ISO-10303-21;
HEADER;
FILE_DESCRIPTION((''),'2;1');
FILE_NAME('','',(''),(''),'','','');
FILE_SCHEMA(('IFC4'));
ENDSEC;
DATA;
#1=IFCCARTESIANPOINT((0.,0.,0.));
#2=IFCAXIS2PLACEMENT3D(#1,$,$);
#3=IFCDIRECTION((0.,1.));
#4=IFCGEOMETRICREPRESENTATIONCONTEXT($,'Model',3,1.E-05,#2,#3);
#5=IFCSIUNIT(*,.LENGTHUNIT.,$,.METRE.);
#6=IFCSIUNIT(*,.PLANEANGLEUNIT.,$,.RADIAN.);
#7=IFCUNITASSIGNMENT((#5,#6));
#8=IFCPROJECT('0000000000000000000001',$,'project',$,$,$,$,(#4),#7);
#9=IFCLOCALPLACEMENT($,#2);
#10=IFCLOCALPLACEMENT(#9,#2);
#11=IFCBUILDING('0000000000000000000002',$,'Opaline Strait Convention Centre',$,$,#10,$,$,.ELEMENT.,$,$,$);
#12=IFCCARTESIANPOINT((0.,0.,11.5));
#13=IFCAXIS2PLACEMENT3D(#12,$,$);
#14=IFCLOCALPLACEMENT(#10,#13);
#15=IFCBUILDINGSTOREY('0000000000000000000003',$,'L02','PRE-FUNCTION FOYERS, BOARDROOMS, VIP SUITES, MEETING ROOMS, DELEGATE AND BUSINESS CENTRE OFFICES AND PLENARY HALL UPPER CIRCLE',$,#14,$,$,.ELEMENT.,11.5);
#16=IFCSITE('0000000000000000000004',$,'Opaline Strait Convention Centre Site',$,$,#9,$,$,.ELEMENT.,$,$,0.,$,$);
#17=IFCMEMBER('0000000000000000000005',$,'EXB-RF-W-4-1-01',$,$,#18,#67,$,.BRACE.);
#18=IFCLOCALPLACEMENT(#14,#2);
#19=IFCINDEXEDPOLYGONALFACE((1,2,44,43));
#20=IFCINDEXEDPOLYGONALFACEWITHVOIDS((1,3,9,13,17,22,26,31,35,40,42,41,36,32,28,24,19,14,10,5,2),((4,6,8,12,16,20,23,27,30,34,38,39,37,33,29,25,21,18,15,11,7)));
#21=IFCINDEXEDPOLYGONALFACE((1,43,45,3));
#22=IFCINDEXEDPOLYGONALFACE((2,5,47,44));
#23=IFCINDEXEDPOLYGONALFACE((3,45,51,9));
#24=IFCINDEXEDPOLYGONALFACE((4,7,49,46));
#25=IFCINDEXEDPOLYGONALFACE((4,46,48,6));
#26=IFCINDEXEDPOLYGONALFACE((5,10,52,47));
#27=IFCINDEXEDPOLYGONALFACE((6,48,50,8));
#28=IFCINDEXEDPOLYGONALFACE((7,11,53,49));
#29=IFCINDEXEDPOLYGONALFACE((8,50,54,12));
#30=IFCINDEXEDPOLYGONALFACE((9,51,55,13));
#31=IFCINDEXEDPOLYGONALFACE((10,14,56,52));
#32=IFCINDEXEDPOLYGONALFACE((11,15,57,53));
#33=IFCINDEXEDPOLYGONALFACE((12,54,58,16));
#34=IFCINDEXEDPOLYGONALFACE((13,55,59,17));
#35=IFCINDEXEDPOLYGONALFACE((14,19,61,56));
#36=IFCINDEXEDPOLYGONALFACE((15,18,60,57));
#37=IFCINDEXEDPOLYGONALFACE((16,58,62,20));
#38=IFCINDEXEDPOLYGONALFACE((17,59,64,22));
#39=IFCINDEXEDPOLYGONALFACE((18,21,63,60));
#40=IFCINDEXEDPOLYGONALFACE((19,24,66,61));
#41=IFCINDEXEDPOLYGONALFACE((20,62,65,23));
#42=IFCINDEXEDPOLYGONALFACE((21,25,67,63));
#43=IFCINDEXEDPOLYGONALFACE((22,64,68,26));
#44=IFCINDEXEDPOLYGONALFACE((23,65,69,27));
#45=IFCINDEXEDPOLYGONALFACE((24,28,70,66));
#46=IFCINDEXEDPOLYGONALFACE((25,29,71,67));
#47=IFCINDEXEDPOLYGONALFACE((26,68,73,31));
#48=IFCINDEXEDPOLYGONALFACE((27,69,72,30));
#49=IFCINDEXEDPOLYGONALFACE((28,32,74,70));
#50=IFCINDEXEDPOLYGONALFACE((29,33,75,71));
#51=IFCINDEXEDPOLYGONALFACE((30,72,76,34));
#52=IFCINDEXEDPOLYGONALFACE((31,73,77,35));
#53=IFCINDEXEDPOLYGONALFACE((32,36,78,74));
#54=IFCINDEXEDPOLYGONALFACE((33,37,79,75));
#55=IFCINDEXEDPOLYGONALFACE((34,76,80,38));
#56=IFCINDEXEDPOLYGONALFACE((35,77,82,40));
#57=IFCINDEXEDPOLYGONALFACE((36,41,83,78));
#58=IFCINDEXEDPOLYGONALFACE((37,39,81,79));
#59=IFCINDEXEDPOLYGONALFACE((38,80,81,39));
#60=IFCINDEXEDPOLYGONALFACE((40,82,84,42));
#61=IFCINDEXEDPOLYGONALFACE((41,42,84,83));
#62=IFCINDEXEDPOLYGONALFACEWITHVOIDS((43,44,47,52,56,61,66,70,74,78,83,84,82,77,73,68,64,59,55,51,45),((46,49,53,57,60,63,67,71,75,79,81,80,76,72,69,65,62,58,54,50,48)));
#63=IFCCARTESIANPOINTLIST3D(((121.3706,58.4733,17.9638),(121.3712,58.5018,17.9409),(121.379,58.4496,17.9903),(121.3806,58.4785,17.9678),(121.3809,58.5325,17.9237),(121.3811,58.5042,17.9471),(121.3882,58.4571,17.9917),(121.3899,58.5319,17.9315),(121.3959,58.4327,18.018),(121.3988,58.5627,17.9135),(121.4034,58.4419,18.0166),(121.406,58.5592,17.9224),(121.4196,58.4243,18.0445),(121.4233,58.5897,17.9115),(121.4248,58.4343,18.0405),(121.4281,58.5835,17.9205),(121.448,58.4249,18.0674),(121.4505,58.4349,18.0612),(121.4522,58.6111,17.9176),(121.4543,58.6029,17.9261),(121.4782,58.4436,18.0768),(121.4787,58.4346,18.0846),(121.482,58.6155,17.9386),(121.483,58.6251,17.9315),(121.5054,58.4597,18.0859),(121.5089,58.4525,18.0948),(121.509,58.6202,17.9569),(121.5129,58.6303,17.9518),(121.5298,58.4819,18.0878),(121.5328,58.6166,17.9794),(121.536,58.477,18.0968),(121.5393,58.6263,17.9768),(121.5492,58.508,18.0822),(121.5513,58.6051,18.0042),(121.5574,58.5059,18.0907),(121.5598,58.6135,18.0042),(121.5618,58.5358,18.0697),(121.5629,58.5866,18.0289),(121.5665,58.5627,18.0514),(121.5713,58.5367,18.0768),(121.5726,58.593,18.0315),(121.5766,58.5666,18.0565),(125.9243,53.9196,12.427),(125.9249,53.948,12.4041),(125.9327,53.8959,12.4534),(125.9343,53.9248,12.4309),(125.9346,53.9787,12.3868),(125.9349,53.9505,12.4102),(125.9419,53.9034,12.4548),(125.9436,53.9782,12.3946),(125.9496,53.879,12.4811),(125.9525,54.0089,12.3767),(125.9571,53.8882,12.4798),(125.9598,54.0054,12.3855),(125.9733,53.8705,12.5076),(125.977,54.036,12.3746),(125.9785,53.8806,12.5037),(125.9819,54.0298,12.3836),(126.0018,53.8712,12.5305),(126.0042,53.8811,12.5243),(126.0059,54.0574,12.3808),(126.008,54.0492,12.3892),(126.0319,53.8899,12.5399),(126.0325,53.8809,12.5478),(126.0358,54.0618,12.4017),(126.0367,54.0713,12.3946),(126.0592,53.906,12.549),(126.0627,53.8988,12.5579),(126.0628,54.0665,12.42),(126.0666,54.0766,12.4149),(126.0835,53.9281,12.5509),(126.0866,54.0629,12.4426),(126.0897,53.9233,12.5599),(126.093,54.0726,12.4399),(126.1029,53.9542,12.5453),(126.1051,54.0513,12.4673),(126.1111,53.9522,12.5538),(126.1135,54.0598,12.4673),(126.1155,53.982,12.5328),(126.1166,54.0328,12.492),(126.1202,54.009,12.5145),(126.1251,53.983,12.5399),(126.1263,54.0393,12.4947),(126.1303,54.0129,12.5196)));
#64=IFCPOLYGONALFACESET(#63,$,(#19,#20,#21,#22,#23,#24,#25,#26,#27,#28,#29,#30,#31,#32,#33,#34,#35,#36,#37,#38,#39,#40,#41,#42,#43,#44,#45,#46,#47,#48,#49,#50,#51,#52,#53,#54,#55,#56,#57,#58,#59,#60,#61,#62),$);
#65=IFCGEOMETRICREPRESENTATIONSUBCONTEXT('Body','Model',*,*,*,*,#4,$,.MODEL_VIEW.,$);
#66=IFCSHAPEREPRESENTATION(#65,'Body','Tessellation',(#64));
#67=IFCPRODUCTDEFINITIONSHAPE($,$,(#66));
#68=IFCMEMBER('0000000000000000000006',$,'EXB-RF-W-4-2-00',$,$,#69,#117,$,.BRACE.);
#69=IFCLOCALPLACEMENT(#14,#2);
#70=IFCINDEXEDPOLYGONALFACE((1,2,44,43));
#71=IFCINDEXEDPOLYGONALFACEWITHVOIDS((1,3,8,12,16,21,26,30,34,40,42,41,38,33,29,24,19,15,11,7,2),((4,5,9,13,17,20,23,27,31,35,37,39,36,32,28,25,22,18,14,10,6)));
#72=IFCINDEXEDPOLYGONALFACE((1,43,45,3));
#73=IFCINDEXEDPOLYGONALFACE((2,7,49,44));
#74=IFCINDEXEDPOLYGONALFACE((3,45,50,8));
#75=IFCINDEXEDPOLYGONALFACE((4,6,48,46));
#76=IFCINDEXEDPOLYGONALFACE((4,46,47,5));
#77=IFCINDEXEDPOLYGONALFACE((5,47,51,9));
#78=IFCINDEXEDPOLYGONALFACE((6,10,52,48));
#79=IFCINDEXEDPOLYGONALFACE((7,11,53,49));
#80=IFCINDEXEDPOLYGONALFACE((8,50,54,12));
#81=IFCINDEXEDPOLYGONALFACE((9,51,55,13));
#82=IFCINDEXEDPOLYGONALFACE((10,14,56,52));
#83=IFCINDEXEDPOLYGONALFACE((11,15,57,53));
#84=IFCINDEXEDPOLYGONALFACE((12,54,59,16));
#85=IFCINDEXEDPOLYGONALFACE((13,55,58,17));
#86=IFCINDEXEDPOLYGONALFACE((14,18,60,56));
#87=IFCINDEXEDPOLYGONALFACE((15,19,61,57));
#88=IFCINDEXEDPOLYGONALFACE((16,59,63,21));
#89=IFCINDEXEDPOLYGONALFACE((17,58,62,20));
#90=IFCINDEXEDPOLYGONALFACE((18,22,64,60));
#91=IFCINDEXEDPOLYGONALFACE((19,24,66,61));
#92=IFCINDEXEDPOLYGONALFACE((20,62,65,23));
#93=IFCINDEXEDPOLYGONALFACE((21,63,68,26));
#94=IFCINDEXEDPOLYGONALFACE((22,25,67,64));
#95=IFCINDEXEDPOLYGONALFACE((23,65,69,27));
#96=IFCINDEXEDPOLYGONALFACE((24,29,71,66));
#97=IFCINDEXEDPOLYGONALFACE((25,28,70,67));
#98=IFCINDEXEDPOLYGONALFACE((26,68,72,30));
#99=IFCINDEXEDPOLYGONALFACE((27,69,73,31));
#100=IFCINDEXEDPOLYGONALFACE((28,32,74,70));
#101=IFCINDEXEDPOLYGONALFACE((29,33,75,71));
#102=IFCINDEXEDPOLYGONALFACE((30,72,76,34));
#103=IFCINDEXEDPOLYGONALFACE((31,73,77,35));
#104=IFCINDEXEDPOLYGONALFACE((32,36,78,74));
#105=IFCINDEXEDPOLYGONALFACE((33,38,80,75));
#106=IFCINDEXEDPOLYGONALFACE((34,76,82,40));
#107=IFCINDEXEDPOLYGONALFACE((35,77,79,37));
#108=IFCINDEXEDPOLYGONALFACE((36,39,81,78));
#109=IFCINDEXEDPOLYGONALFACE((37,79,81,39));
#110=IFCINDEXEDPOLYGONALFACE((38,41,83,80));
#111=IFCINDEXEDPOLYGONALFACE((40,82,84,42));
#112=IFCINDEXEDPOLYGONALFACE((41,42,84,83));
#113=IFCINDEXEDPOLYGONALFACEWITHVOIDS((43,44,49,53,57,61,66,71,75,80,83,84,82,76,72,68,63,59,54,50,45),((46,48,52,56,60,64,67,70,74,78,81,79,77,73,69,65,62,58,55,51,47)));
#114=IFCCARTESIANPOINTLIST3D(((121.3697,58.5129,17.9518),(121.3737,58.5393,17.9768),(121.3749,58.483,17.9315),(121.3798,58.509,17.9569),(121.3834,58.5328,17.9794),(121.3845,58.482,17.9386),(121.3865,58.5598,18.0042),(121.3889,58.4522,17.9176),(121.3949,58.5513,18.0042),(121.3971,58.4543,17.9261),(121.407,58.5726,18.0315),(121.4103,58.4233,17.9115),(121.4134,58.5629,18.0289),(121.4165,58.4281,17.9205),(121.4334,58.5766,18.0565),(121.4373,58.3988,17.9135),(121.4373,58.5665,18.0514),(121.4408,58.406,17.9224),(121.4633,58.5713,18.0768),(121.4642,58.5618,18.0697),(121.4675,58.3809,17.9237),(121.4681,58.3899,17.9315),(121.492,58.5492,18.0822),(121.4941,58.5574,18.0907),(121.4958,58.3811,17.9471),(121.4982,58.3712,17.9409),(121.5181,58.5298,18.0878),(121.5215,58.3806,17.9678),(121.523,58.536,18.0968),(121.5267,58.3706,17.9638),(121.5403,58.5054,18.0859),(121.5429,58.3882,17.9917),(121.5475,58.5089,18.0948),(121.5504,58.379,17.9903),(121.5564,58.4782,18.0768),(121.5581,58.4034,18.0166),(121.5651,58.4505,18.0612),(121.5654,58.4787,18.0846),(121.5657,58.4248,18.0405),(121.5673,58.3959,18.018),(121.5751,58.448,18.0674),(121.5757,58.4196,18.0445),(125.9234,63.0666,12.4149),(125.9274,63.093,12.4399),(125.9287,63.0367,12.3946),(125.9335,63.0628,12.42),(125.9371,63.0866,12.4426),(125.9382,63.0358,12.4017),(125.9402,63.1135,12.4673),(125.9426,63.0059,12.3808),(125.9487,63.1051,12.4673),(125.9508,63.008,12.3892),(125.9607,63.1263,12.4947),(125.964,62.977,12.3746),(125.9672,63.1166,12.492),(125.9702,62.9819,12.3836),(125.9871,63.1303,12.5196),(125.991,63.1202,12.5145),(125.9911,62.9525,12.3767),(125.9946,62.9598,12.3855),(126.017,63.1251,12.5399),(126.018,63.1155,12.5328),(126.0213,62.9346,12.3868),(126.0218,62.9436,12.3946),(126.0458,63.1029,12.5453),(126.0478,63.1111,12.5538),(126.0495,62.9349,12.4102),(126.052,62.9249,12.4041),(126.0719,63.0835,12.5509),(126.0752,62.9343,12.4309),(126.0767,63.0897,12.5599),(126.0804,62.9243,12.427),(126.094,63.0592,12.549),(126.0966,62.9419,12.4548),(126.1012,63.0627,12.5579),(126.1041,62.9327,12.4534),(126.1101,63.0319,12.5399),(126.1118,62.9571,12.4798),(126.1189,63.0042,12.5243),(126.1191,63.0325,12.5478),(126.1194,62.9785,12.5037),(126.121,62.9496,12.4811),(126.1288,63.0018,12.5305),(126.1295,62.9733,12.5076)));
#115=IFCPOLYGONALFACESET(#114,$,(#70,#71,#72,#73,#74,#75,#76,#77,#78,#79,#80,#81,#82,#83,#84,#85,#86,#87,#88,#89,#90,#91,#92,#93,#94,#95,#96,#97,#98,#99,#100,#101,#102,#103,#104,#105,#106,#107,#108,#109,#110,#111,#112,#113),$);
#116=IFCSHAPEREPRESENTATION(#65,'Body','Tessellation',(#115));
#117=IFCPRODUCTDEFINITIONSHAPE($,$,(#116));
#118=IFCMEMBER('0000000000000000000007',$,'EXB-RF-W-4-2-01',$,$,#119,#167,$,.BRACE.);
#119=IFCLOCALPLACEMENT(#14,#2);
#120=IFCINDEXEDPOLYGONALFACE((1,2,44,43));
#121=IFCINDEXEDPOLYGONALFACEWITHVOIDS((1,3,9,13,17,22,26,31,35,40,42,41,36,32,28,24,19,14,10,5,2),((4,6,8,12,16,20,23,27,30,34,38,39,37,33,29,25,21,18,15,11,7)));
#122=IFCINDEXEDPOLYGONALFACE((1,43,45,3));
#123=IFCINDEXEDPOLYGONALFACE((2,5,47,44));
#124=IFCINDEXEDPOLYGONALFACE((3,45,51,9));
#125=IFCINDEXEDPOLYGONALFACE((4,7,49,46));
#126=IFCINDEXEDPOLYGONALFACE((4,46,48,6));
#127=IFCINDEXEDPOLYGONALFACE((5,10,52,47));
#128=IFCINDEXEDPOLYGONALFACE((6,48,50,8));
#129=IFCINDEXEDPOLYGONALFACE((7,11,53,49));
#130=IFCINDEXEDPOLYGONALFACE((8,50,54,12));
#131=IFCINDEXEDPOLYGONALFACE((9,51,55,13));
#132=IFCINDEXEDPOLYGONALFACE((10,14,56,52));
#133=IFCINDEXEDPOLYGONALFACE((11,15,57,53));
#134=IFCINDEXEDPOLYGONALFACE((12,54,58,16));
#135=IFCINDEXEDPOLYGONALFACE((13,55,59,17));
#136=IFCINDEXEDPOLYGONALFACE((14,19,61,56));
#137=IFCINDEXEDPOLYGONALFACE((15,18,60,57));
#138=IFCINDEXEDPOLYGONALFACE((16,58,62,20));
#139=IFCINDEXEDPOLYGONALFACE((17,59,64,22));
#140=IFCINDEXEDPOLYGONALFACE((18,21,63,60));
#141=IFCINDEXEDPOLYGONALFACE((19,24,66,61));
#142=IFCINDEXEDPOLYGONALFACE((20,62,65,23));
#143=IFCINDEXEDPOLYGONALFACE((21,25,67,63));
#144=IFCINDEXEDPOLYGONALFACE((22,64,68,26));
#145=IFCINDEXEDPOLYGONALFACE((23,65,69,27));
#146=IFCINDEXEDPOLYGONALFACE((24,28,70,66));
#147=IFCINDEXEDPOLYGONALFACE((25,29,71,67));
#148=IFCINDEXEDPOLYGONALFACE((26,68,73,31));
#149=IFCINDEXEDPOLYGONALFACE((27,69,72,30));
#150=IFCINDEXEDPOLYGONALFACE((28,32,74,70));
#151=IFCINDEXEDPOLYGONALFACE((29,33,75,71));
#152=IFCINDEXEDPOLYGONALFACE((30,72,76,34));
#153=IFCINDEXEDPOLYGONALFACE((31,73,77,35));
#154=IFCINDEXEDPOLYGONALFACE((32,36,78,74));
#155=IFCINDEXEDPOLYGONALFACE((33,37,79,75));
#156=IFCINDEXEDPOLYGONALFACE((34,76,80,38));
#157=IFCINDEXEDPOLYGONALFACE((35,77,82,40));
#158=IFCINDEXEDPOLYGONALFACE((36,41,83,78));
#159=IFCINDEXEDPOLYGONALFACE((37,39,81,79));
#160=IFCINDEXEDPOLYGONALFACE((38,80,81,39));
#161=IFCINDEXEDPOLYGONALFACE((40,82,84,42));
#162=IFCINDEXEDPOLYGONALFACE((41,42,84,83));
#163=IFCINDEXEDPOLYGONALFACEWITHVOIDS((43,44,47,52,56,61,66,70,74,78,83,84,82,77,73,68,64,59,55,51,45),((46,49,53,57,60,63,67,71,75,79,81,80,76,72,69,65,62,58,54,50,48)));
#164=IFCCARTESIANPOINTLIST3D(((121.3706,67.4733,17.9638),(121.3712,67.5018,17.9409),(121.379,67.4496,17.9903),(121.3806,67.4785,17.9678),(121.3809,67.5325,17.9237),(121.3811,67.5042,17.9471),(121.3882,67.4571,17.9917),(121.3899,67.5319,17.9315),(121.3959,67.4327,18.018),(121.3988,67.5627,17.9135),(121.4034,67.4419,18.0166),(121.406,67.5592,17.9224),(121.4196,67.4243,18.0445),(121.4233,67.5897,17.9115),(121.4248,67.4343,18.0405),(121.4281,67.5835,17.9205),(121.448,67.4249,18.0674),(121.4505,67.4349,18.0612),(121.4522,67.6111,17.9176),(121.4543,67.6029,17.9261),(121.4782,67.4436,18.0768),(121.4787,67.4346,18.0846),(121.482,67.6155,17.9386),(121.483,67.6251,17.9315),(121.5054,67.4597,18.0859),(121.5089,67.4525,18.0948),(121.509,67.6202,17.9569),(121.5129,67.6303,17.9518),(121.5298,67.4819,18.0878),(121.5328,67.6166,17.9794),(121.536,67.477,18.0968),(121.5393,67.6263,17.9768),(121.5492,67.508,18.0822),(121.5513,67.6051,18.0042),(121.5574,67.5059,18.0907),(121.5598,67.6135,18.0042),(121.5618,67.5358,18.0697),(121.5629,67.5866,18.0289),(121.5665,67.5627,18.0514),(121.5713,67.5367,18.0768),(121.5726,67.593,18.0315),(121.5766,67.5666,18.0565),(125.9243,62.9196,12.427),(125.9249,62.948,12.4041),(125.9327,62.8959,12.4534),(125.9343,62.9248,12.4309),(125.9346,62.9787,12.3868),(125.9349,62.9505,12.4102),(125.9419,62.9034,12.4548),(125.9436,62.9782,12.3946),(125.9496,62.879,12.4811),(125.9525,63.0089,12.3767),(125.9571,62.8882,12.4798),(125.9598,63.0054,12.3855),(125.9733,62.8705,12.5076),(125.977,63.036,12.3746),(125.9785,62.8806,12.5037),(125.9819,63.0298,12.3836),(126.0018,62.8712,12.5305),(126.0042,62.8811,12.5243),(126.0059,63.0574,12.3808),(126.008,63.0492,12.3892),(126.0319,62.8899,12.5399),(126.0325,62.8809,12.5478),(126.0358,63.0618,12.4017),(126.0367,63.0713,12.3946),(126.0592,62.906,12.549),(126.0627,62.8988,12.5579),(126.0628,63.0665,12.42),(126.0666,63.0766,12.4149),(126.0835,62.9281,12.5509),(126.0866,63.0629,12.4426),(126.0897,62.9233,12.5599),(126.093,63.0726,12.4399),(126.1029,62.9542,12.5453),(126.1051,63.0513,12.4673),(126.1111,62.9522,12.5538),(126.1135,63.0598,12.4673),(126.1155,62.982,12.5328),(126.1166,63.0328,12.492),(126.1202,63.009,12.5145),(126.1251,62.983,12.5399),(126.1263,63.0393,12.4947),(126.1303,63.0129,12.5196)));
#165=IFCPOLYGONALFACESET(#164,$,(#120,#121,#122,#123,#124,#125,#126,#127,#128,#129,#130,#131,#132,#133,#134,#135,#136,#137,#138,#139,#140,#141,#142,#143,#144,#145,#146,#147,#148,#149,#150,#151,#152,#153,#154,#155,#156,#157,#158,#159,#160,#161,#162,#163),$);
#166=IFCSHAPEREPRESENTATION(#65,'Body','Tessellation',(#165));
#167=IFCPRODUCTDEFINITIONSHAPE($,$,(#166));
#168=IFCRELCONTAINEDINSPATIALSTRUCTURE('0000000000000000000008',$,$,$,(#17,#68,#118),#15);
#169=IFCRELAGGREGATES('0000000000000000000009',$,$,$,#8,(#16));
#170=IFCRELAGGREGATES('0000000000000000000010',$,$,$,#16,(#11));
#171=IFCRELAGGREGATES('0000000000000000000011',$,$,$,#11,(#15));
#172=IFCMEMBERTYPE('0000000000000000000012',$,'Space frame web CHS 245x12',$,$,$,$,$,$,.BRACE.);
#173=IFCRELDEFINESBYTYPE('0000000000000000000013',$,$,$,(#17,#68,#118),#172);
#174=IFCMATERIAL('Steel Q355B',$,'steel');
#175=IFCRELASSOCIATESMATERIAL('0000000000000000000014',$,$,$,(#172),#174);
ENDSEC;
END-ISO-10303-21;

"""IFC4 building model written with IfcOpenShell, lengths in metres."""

from ifc_helpers import new_model, si_unit, direction, frame, origin, origin_2d, place, context, subcontext, project, spatial, hollow_circle, extrude, material, material_profile, profile_set, type_object, element, save


model = new_model("IFC4")

# Units and contexts
model_context = context("Model", 3, precision=1e-05, world=origin(), true_north=direction((0.0, 1.0)))
body_context = subcontext(model_context, "Body", "Model", "MODEL_VIEW")
ifc_project = project(units=[si_unit("LENGTHUNIT", "METRE"), si_unit("PLANEANGLEUNIT", "RADIAN")], contexts=[model_context])

# Site, building, storey
site_placement = place(None, origin())
site = spatial("IfcSite", under=ifc_project, at=site_placement, Name="Opaline Strait Convention Centre Site", CompositionType="ELEMENT", RefElevation=0.0)
building_placement = place(site_placement, origin())
building = spatial("IfcBuilding", under=site, at=building_placement, Name="Opaline Strait Convention Centre", CompositionType="ELEMENT")
storey_placement = place(building_placement, frame((0.0, 0.0, 11.5)))
storey = spatial("IfcBuildingStorey", under=building, at=storey_placement, Name="L02", Description="PRE-FUNCTION FOYERS, BOARDROOMS, VIP SUITES, MEETING ROOMS, DELEGATE AND BUSINESS CENTRE OFFICES AND PLENARY HALL UPPER CIRCLE", CompositionType="ELEMENT", Elevation=11.5)

# Members
ifc_material = material(Name="Steel Q355B", Category="steel")
ifc_material_profile_1 = material_profile(ifc_material, hollow_circle(Radius=0.1226, WallThickness=0.012, at=origin_2d()), Name="CHS 245x12")
ifc_profile_set_1 = profile_set([ifc_material_profile_1], Name="Steel Q355B")
member_type_1 = type_object("IfcMemberType", Name="Space frame web CHS 245x12", PredefinedType="BRACE", material=ifc_profile_set_1)
for number, where, z_axis, x_axis, name in (
    (1, (121.4731, 58.5269, 18.0042), (0.536178, -0.536178, -0.65194), (0.707107, 0.707107, 0.0), "EXB-RF-W-4-1-01"),
    (2, (121.4731, 58.4731, 18.0042), (0.536178, 0.536178, -0.65194), (-0.707107, 0.707107, 0.0), "EXB-RF-W-4-2-00"),
    (3, (121.4731, 67.5269, 18.0042), (0.536178, -0.536178, -0.65194), (0.707107, 0.707107, 0.0), "EXB-RF-W-4-2-01"),
):
    element("IfcMember", number, at=place(storey_placement, frame(where, z_axis=z_axis, x_axis=x_axis)), inside=storey, type_object=member_type_1, Name=name, PredefinedType="BRACE", context=body_context, shape_type="SweptSolid", body=[
        extrude(hollow_circle(Radius=0.1226, WallThickness=0.012, at=origin_2d()), origin(), (0.0, 0.0, 1.0), 8.4929),
    ])

save(model, "model.ifc")
